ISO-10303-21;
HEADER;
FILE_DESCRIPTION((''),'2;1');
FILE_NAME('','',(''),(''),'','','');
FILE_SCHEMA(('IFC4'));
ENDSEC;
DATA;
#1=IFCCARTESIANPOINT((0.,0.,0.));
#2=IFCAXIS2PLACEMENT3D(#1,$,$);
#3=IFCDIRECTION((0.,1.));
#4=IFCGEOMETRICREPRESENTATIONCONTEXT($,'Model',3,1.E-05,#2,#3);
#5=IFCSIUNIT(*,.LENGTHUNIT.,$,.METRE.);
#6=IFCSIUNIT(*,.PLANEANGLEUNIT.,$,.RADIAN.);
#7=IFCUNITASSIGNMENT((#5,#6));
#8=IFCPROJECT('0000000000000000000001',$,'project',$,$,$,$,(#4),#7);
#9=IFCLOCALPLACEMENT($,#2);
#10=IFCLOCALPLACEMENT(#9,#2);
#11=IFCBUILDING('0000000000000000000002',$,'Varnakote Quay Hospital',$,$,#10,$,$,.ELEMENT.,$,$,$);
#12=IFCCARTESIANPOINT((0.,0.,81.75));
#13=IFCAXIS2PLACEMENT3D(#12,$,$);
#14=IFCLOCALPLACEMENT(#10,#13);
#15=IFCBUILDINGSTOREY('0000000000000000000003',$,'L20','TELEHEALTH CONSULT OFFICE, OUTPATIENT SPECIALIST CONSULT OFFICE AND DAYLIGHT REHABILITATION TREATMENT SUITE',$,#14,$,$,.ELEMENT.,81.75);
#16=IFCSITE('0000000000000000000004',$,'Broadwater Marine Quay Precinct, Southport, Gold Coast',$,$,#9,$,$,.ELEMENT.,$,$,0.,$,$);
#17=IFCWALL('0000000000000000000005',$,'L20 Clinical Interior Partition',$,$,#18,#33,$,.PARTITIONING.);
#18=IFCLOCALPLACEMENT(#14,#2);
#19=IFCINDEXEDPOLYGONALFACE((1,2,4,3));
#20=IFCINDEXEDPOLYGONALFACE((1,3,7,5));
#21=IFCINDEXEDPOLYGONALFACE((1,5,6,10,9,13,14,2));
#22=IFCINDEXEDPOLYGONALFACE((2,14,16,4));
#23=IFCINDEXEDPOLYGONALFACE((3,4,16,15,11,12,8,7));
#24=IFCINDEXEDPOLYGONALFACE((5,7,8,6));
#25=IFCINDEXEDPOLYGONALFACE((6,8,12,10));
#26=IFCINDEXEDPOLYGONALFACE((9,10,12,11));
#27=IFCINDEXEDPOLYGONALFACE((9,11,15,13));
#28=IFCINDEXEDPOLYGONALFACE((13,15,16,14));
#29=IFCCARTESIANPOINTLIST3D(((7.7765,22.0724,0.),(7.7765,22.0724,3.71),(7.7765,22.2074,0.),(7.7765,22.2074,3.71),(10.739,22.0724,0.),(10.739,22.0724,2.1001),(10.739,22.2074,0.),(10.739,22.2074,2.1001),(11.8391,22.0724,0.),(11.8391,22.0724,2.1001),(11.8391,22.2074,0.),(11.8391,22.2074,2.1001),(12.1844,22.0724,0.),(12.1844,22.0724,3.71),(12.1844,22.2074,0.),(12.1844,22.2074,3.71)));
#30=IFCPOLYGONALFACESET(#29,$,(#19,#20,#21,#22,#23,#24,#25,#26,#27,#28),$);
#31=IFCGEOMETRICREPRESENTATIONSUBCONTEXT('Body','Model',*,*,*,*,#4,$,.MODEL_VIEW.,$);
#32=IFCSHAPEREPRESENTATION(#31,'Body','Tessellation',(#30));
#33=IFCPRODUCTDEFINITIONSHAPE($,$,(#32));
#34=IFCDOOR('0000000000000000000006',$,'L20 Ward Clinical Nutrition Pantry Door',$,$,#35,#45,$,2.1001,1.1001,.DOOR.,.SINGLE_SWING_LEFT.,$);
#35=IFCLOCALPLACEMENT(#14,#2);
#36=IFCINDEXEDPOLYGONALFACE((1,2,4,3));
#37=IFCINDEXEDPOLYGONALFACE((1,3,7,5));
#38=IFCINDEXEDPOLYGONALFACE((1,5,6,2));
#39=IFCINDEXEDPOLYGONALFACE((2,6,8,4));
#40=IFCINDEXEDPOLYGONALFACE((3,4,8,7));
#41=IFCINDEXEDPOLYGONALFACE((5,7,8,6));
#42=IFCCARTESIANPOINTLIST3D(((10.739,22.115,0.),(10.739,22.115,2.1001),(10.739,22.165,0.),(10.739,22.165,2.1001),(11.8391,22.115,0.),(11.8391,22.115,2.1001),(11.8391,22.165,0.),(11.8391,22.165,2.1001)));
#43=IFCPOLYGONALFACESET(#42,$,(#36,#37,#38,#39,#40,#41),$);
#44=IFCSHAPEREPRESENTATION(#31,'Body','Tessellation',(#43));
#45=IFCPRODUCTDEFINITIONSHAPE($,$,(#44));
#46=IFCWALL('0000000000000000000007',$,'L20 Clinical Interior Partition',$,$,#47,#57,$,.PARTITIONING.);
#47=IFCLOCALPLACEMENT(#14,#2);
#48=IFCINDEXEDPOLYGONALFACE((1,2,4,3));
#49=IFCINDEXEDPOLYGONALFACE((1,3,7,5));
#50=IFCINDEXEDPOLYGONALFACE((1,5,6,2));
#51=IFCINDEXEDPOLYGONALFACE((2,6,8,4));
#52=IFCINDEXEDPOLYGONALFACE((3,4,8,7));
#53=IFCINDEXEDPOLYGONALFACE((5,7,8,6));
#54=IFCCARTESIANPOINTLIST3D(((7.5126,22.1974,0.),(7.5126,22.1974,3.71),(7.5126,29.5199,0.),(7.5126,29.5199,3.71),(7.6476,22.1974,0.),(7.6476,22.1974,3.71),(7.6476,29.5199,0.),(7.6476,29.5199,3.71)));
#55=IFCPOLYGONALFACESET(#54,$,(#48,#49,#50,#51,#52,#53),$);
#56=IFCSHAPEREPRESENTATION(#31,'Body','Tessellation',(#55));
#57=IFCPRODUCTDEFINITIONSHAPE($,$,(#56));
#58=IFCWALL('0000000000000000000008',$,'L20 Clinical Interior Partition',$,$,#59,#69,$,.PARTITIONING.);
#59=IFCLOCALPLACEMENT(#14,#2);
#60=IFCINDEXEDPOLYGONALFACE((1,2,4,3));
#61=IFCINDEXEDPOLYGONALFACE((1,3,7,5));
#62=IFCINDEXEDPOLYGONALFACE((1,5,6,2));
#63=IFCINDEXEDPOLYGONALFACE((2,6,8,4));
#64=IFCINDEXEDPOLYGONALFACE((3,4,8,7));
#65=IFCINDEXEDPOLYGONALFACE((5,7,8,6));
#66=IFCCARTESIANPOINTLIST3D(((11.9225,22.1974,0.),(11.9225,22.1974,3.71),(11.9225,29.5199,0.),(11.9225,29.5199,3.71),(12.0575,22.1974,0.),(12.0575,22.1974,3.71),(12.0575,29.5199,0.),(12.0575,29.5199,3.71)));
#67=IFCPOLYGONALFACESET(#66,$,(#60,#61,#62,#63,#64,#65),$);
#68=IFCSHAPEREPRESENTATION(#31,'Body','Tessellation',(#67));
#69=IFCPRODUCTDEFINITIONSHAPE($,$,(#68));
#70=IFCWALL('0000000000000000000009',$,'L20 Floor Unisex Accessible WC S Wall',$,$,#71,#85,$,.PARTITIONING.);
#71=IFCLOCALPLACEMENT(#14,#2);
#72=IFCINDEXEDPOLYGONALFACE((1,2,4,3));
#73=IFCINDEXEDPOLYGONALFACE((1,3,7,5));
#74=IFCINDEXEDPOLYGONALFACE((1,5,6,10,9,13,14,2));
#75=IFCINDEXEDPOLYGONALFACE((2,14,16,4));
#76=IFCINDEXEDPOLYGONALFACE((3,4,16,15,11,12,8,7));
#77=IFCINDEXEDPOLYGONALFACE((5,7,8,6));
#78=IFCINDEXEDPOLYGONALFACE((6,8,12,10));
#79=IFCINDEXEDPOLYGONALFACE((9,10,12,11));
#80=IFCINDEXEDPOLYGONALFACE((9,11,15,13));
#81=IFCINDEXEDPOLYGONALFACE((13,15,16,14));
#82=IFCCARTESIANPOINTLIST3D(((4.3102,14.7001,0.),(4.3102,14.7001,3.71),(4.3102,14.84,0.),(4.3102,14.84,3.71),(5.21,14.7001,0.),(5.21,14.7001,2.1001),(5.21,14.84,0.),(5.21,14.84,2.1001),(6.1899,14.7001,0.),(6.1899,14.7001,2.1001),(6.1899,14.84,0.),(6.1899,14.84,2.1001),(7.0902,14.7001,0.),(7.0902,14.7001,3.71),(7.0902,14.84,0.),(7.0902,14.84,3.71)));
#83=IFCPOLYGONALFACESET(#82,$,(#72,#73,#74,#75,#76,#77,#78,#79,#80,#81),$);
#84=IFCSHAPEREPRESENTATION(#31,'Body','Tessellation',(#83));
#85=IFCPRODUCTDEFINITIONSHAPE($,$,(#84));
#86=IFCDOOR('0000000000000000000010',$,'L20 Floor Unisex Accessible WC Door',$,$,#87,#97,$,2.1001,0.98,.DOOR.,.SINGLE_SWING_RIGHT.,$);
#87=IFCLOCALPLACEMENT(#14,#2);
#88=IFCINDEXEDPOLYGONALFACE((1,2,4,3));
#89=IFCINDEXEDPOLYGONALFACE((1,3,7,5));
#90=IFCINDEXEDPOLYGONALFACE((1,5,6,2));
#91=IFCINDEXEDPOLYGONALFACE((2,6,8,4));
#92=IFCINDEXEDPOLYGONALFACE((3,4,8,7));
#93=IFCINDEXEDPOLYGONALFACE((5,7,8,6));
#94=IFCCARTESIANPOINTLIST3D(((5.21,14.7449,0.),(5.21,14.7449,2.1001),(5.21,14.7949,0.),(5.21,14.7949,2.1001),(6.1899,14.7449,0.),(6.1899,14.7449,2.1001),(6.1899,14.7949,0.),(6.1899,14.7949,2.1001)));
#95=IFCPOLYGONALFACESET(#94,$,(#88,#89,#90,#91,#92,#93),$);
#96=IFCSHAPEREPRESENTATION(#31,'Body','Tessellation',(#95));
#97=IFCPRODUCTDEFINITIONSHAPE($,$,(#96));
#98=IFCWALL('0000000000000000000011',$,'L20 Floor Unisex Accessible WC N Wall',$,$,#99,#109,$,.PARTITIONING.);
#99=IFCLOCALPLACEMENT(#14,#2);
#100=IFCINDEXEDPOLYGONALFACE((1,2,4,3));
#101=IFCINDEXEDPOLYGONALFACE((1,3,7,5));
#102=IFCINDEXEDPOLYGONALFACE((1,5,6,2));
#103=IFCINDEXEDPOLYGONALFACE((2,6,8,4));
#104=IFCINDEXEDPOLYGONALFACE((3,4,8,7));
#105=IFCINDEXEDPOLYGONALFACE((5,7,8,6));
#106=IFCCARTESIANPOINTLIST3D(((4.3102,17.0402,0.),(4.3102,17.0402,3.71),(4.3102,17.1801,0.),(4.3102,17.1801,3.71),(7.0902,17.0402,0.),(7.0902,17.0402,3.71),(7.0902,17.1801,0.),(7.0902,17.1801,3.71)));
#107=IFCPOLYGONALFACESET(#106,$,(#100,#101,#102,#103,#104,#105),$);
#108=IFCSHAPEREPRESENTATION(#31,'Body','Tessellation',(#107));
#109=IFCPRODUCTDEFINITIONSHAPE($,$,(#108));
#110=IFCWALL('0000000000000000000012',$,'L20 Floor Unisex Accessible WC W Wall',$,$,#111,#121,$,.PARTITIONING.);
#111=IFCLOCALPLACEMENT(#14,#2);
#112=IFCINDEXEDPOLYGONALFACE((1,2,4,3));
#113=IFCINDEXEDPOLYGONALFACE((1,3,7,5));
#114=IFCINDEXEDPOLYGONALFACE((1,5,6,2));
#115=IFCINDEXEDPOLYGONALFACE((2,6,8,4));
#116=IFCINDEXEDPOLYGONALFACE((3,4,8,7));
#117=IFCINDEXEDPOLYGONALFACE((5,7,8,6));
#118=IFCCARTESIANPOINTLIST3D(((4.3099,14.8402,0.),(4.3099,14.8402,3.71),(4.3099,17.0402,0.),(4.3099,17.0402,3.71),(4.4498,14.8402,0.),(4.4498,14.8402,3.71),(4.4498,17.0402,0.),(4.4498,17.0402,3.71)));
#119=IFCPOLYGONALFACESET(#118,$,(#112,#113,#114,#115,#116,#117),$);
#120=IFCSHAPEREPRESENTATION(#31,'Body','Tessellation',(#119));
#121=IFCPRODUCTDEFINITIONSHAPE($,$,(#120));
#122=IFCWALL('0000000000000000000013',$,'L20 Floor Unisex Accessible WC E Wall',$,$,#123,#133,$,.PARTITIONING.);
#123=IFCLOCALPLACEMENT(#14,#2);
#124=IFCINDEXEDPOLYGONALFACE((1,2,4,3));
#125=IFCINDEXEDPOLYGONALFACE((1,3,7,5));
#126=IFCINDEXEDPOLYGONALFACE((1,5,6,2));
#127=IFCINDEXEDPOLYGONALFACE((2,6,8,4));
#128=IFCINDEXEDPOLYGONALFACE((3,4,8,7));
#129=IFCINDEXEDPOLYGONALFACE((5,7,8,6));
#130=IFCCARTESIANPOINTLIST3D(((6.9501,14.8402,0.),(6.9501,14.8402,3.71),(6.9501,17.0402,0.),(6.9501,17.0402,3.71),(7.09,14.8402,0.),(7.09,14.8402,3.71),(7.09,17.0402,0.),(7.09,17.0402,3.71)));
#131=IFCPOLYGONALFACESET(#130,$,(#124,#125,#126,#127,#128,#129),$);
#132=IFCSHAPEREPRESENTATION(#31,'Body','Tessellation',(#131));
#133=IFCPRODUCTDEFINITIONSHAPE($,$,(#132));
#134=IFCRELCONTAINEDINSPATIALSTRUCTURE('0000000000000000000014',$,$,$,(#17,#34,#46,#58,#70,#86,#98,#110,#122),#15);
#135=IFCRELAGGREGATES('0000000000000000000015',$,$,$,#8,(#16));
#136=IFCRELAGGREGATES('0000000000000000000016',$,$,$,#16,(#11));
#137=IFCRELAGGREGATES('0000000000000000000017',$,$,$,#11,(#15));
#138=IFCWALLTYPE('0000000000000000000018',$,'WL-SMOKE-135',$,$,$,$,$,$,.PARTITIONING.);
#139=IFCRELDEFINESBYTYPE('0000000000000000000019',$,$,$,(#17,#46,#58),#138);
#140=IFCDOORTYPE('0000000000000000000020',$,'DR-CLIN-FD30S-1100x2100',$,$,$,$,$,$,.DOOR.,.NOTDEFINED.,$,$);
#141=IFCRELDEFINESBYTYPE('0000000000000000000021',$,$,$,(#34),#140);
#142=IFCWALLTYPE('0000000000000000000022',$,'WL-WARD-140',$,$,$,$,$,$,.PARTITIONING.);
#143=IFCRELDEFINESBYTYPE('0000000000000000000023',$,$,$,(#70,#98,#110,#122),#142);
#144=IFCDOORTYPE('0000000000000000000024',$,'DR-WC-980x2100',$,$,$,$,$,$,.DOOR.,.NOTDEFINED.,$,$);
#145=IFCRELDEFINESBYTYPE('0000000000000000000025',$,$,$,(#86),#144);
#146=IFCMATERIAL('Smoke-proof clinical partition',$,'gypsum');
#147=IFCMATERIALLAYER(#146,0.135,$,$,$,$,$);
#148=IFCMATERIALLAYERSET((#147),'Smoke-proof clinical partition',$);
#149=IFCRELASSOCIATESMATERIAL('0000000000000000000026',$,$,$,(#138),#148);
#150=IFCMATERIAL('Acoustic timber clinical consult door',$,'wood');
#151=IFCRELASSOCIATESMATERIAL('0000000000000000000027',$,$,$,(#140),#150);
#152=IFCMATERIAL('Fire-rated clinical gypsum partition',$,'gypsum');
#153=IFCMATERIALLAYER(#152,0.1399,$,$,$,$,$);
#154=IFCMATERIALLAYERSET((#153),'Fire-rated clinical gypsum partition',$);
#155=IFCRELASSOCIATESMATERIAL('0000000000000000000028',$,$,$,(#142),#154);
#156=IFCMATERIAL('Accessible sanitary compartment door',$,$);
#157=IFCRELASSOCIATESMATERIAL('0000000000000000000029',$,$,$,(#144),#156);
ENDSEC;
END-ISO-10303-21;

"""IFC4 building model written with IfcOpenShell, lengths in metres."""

from ifc_helpers import new_model, si_unit, direction, frame, frame_2d, origin, place, context, subcontext, project, spatial, rectangle, extrude, material, layer, layer_set, type_object, element, fill, save


model = new_model("IFC4")

# Units and contexts
model_context = context("Model", 3, precision=1e-05, world=origin(), true_north=direction((0.0, 1.0)))
body_context = subcontext(model_context, "Body", "Model", "MODEL_VIEW")
ifc_project = project(units=[si_unit("LENGTHUNIT", "METRE"), si_unit("PLANEANGLEUNIT", "RADIAN")], contexts=[model_context])

# Site, building, storey
site_placement = place(None, origin())
site = spatial("IfcSite", under=ifc_project, at=site_placement, Name="Broadwater Marine Quay Precinct, Southport, Gold Coast", CompositionType="ELEMENT", RefElevation=0.0)
building_placement = place(site_placement, origin())
building = spatial("IfcBuilding", under=site, at=building_placement, Name="Varnakote Quay Hospital", CompositionType="ELEMENT")
storey_placement = place(building_placement, frame((0.0, 0.0, 81.75)))
storey = spatial("IfcBuildingStorey", under=building, at=storey_placement, Name="L20", Description="TELEHEALTH CONSULT OFFICE, OUTPATIENT SPECIALIST CONSULT OFFICE AND DAYLIGHT REHABILITATION TREATMENT SUITE", CompositionType="ELEMENT", Elevation=81.75)

# Wall, opening, door
ifc_material_1 = material(Name="Smoke-proof clinical partition", Category="gypsum")
ifc_layer_1 = layer(ifc_material_1, 0.135)
ifc_layer_set_1 = layer_set([ifc_layer_1], Name="Smoke-proof clinical partition")
wall_type_1 = type_object("IfcWallType", Name="WL-SMOKE-135", PredefinedType="PARTITIONING", material=ifc_layer_set_1)
ifc_material_2 = material(Name="Acoustic timber clinical consult door", Category="wood")
door_type_1 = type_object("IfcDoorType", Name="DR-CLIN-FD30S-1100x2100", OperationType="NOTDEFINED", PredefinedType="DOOR", material=ifc_material_2)
wall_1_placement = place(storey_placement, frame((12.1846, 22.1399, 0.0), z_axis=(0.0, 0.0, 1.0), x_axis=(-1.0, 0.0, 0.0)))
wall_1 = element("IfcWall", 1, at=wall_1_placement, inside=storey, type_object=wall_type_1, Name="L20 Clinical Interior Partition", PredefinedType="PARTITIONING", context=body_context, shape_type="SweptSolid", body=[
    extrude(rectangle(XDim=4.408, YDim=0.135, at=frame_2d((2.2041, 0.0))), origin(), (0.0, 0.0, 1.0), 3.71),
])
opening_1_placement = place(wall_1_placement, frame((0.3455, 0.0, 0.0)))
opening_1 = element("IfcOpeningElement", 2, at=opening_1_placement, cuts=wall_1, PredefinedType="OPENING", context=body_context, shape_type="SweptSolid", body=[
    extrude(rectangle(XDim=1.1001, YDim=2.1001, at=frame_2d((0.55, 1.05))), frame((0.0, 0.0774, 0.0), z_axis=(0.0, -1.0, 0.0), x_axis=(1.0, 0.0, 0.0)), (0.0, 0.0, 1.0), 0.155),
])
door_1_placement = place(opening_1_placement, origin())
door_1 = element("IfcDoor", 3, at=door_1_placement, inside=storey, type_object=door_type_1, Name="L20 Ward Clinical Nutrition Pantry Door", OperationType="SINGLE_SWING_LEFT", OverallHeight=2.1001, OverallWidth=1.1001, PredefinedType="DOOR", context=body_context, shape_type="SweptSolid", body=[
    extrude(rectangle(XDim=1.1001, YDim=2.1001, at=frame_2d((0.55, 1.05))), frame((0.0, 0.0249, 0.0), z_axis=(0.0, -1.0, 0.0), x_axis=(1.0, 0.0, 0.0)), (0.0, 0.0, 1.0), 0.05),
])
fill(opening_1, door_1)

# Walls
for number, where, z_axis, x_axis, name in (
    (4, (7.5801, 22.1975, 0.0), (0.0, 0.0, 1.0), (0.0, 1.0, 0.0), "L20 Clinical Interior Partition"),
    (5, (11.99, 22.1975, 0.0), (0.0, 0.0, 1.0), (0.0, 1.0, 0.0), "L20 Clinical Interior Partition"),
):
    element("IfcWall", number, at=place(storey_placement, frame(where, z_axis=z_axis, x_axis=x_axis)), inside=storey, type_object=wall_type_1, Name=name, PredefinedType="PARTITIONING", context=body_context, shape_type="SweptSolid", body=[
        extrude(rectangle(XDim=7.3225, YDim=0.135, at=frame_2d((3.6611, 0.0))), origin(), (0.0, 0.0, 1.0), 3.71),
    ])

# Wall, opening, door
ifc_material_3 = material(Name="Fire-rated clinical gypsum partition", Category="gypsum")
ifc_layer_2 = layer(ifc_material_3, 0.1399)
ifc_layer_set_2 = layer_set([ifc_layer_2], Name="Fire-rated clinical gypsum partition")
wall_type_2 = type_object("IfcWallType", Name="WL-WARD-140", PredefinedType="PARTITIONING", material=ifc_layer_set_2)
wall_2_placement = place(storey_placement, frame((4.3101, 14.77, 0.0), z_axis=(0.0, 0.0, 1.0), x_axis=(1.0, 0.0, 0.0)))
wall_2 = element("IfcWall", 6, at=wall_2_placement, inside=storey, type_object=wall_type_2, Name="L20 Floor Unisex Accessible WC S Wall", PredefinedType="PARTITIONING", context=body_context, shape_type="SweptSolid", body=[
    extrude(rectangle(XDim=2.78, YDim=0.1399, at=frame_2d((1.3901, 0.0))), origin(), (0.0, 0.0, 1.0), 3.71),
])
opening_2_placement = place(wall_2_placement, frame((0.8999, 0.0, 0.0)))
opening_2 = element("IfcOpeningElement", 7, at=opening_2_placement, cuts=wall_2, PredefinedType="OPENING", context=body_context, shape_type="SweptSolid", body=[
    extrude(rectangle(XDim=0.98, YDim=2.1001, at=frame_2d((0.49, 1.05))), frame((0.0, 0.0798, 0.0), z_axis=(0.0, -1.0, 0.0), x_axis=(1.0, 0.0, 0.0)), (0.0, 0.0, 1.0), 0.1599),
])
ifc_material_4 = material(Name="Accessible sanitary compartment door")
door_type_2 = type_object("IfcDoorType", Name="DR-WC-980x2100", OperationType="NOTDEFINED", PredefinedType="DOOR", material=ifc_material_4)
door_2_placement = place(opening_2_placement, origin())
door_2 = element("IfcDoor", 8, at=door_2_placement, inside=storey, type_object=door_type_2, Name="L20 Floor Unisex Accessible WC Door", OperationType="SINGLE_SWING_RIGHT", OverallHeight=2.1001, OverallWidth=0.98, PredefinedType="DOOR", context=body_context, shape_type="SweptSolid", body=[
    extrude(rectangle(XDim=0.98, YDim=2.1001, at=frame_2d((0.49, 1.05))), frame((0.0, 0.0249, 0.0), z_axis=(0.0, -1.0, 0.0), x_axis=(1.0, 0.0, 0.0)), (0.0, 0.0, 1.0), 0.05),
])
fill(opening_2, door_2)

# Walls
wall_3_placement = place(storey_placement, frame((4.3101, 17.1101, 0.0), z_axis=(0.0, 0.0, 1.0), x_axis=(1.0, 0.0, 0.0)))
element("IfcWall", 9, at=wall_3_placement, inside=storey, type_object=wall_type_2, Name="L20 Floor Unisex Accessible WC N Wall", PredefinedType="PARTITIONING", context=body_context, shape_type="SweptSolid", body=[
    extrude(rectangle(XDim=2.78, YDim=0.1399, at=frame_2d((1.3901, 0.0))), origin(), (0.0, 0.0, 1.0), 3.71),
])
for number, where, z_axis, x_axis, name in (
    (10, (4.3799, 14.8401, 0.0), (0.0, 0.0, 1.0), (0.0, 1.0, 0.0), "L20 Floor Unisex Accessible WC W Wall"),
    (11, (7.02, 14.8401, 0.0), (0.0, 0.0, 1.0), (0.0, 1.0, 0.0), "L20 Floor Unisex Accessible WC E Wall"),
):
    element("IfcWall", number, at=place(storey_placement, frame(where, z_axis=z_axis, x_axis=x_axis)), inside=storey, type_object=wall_type_2, Name=name, PredefinedType="PARTITIONING", context=body_context, shape_type="SweptSolid", body=[
        extrude(rectangle(XDim=2.2, YDim=0.1399, at=frame_2d((1.1001, 0.0))), origin(), (0.0, 0.0, 1.0), 3.71),
    ])

save(model, "model.ifc")
